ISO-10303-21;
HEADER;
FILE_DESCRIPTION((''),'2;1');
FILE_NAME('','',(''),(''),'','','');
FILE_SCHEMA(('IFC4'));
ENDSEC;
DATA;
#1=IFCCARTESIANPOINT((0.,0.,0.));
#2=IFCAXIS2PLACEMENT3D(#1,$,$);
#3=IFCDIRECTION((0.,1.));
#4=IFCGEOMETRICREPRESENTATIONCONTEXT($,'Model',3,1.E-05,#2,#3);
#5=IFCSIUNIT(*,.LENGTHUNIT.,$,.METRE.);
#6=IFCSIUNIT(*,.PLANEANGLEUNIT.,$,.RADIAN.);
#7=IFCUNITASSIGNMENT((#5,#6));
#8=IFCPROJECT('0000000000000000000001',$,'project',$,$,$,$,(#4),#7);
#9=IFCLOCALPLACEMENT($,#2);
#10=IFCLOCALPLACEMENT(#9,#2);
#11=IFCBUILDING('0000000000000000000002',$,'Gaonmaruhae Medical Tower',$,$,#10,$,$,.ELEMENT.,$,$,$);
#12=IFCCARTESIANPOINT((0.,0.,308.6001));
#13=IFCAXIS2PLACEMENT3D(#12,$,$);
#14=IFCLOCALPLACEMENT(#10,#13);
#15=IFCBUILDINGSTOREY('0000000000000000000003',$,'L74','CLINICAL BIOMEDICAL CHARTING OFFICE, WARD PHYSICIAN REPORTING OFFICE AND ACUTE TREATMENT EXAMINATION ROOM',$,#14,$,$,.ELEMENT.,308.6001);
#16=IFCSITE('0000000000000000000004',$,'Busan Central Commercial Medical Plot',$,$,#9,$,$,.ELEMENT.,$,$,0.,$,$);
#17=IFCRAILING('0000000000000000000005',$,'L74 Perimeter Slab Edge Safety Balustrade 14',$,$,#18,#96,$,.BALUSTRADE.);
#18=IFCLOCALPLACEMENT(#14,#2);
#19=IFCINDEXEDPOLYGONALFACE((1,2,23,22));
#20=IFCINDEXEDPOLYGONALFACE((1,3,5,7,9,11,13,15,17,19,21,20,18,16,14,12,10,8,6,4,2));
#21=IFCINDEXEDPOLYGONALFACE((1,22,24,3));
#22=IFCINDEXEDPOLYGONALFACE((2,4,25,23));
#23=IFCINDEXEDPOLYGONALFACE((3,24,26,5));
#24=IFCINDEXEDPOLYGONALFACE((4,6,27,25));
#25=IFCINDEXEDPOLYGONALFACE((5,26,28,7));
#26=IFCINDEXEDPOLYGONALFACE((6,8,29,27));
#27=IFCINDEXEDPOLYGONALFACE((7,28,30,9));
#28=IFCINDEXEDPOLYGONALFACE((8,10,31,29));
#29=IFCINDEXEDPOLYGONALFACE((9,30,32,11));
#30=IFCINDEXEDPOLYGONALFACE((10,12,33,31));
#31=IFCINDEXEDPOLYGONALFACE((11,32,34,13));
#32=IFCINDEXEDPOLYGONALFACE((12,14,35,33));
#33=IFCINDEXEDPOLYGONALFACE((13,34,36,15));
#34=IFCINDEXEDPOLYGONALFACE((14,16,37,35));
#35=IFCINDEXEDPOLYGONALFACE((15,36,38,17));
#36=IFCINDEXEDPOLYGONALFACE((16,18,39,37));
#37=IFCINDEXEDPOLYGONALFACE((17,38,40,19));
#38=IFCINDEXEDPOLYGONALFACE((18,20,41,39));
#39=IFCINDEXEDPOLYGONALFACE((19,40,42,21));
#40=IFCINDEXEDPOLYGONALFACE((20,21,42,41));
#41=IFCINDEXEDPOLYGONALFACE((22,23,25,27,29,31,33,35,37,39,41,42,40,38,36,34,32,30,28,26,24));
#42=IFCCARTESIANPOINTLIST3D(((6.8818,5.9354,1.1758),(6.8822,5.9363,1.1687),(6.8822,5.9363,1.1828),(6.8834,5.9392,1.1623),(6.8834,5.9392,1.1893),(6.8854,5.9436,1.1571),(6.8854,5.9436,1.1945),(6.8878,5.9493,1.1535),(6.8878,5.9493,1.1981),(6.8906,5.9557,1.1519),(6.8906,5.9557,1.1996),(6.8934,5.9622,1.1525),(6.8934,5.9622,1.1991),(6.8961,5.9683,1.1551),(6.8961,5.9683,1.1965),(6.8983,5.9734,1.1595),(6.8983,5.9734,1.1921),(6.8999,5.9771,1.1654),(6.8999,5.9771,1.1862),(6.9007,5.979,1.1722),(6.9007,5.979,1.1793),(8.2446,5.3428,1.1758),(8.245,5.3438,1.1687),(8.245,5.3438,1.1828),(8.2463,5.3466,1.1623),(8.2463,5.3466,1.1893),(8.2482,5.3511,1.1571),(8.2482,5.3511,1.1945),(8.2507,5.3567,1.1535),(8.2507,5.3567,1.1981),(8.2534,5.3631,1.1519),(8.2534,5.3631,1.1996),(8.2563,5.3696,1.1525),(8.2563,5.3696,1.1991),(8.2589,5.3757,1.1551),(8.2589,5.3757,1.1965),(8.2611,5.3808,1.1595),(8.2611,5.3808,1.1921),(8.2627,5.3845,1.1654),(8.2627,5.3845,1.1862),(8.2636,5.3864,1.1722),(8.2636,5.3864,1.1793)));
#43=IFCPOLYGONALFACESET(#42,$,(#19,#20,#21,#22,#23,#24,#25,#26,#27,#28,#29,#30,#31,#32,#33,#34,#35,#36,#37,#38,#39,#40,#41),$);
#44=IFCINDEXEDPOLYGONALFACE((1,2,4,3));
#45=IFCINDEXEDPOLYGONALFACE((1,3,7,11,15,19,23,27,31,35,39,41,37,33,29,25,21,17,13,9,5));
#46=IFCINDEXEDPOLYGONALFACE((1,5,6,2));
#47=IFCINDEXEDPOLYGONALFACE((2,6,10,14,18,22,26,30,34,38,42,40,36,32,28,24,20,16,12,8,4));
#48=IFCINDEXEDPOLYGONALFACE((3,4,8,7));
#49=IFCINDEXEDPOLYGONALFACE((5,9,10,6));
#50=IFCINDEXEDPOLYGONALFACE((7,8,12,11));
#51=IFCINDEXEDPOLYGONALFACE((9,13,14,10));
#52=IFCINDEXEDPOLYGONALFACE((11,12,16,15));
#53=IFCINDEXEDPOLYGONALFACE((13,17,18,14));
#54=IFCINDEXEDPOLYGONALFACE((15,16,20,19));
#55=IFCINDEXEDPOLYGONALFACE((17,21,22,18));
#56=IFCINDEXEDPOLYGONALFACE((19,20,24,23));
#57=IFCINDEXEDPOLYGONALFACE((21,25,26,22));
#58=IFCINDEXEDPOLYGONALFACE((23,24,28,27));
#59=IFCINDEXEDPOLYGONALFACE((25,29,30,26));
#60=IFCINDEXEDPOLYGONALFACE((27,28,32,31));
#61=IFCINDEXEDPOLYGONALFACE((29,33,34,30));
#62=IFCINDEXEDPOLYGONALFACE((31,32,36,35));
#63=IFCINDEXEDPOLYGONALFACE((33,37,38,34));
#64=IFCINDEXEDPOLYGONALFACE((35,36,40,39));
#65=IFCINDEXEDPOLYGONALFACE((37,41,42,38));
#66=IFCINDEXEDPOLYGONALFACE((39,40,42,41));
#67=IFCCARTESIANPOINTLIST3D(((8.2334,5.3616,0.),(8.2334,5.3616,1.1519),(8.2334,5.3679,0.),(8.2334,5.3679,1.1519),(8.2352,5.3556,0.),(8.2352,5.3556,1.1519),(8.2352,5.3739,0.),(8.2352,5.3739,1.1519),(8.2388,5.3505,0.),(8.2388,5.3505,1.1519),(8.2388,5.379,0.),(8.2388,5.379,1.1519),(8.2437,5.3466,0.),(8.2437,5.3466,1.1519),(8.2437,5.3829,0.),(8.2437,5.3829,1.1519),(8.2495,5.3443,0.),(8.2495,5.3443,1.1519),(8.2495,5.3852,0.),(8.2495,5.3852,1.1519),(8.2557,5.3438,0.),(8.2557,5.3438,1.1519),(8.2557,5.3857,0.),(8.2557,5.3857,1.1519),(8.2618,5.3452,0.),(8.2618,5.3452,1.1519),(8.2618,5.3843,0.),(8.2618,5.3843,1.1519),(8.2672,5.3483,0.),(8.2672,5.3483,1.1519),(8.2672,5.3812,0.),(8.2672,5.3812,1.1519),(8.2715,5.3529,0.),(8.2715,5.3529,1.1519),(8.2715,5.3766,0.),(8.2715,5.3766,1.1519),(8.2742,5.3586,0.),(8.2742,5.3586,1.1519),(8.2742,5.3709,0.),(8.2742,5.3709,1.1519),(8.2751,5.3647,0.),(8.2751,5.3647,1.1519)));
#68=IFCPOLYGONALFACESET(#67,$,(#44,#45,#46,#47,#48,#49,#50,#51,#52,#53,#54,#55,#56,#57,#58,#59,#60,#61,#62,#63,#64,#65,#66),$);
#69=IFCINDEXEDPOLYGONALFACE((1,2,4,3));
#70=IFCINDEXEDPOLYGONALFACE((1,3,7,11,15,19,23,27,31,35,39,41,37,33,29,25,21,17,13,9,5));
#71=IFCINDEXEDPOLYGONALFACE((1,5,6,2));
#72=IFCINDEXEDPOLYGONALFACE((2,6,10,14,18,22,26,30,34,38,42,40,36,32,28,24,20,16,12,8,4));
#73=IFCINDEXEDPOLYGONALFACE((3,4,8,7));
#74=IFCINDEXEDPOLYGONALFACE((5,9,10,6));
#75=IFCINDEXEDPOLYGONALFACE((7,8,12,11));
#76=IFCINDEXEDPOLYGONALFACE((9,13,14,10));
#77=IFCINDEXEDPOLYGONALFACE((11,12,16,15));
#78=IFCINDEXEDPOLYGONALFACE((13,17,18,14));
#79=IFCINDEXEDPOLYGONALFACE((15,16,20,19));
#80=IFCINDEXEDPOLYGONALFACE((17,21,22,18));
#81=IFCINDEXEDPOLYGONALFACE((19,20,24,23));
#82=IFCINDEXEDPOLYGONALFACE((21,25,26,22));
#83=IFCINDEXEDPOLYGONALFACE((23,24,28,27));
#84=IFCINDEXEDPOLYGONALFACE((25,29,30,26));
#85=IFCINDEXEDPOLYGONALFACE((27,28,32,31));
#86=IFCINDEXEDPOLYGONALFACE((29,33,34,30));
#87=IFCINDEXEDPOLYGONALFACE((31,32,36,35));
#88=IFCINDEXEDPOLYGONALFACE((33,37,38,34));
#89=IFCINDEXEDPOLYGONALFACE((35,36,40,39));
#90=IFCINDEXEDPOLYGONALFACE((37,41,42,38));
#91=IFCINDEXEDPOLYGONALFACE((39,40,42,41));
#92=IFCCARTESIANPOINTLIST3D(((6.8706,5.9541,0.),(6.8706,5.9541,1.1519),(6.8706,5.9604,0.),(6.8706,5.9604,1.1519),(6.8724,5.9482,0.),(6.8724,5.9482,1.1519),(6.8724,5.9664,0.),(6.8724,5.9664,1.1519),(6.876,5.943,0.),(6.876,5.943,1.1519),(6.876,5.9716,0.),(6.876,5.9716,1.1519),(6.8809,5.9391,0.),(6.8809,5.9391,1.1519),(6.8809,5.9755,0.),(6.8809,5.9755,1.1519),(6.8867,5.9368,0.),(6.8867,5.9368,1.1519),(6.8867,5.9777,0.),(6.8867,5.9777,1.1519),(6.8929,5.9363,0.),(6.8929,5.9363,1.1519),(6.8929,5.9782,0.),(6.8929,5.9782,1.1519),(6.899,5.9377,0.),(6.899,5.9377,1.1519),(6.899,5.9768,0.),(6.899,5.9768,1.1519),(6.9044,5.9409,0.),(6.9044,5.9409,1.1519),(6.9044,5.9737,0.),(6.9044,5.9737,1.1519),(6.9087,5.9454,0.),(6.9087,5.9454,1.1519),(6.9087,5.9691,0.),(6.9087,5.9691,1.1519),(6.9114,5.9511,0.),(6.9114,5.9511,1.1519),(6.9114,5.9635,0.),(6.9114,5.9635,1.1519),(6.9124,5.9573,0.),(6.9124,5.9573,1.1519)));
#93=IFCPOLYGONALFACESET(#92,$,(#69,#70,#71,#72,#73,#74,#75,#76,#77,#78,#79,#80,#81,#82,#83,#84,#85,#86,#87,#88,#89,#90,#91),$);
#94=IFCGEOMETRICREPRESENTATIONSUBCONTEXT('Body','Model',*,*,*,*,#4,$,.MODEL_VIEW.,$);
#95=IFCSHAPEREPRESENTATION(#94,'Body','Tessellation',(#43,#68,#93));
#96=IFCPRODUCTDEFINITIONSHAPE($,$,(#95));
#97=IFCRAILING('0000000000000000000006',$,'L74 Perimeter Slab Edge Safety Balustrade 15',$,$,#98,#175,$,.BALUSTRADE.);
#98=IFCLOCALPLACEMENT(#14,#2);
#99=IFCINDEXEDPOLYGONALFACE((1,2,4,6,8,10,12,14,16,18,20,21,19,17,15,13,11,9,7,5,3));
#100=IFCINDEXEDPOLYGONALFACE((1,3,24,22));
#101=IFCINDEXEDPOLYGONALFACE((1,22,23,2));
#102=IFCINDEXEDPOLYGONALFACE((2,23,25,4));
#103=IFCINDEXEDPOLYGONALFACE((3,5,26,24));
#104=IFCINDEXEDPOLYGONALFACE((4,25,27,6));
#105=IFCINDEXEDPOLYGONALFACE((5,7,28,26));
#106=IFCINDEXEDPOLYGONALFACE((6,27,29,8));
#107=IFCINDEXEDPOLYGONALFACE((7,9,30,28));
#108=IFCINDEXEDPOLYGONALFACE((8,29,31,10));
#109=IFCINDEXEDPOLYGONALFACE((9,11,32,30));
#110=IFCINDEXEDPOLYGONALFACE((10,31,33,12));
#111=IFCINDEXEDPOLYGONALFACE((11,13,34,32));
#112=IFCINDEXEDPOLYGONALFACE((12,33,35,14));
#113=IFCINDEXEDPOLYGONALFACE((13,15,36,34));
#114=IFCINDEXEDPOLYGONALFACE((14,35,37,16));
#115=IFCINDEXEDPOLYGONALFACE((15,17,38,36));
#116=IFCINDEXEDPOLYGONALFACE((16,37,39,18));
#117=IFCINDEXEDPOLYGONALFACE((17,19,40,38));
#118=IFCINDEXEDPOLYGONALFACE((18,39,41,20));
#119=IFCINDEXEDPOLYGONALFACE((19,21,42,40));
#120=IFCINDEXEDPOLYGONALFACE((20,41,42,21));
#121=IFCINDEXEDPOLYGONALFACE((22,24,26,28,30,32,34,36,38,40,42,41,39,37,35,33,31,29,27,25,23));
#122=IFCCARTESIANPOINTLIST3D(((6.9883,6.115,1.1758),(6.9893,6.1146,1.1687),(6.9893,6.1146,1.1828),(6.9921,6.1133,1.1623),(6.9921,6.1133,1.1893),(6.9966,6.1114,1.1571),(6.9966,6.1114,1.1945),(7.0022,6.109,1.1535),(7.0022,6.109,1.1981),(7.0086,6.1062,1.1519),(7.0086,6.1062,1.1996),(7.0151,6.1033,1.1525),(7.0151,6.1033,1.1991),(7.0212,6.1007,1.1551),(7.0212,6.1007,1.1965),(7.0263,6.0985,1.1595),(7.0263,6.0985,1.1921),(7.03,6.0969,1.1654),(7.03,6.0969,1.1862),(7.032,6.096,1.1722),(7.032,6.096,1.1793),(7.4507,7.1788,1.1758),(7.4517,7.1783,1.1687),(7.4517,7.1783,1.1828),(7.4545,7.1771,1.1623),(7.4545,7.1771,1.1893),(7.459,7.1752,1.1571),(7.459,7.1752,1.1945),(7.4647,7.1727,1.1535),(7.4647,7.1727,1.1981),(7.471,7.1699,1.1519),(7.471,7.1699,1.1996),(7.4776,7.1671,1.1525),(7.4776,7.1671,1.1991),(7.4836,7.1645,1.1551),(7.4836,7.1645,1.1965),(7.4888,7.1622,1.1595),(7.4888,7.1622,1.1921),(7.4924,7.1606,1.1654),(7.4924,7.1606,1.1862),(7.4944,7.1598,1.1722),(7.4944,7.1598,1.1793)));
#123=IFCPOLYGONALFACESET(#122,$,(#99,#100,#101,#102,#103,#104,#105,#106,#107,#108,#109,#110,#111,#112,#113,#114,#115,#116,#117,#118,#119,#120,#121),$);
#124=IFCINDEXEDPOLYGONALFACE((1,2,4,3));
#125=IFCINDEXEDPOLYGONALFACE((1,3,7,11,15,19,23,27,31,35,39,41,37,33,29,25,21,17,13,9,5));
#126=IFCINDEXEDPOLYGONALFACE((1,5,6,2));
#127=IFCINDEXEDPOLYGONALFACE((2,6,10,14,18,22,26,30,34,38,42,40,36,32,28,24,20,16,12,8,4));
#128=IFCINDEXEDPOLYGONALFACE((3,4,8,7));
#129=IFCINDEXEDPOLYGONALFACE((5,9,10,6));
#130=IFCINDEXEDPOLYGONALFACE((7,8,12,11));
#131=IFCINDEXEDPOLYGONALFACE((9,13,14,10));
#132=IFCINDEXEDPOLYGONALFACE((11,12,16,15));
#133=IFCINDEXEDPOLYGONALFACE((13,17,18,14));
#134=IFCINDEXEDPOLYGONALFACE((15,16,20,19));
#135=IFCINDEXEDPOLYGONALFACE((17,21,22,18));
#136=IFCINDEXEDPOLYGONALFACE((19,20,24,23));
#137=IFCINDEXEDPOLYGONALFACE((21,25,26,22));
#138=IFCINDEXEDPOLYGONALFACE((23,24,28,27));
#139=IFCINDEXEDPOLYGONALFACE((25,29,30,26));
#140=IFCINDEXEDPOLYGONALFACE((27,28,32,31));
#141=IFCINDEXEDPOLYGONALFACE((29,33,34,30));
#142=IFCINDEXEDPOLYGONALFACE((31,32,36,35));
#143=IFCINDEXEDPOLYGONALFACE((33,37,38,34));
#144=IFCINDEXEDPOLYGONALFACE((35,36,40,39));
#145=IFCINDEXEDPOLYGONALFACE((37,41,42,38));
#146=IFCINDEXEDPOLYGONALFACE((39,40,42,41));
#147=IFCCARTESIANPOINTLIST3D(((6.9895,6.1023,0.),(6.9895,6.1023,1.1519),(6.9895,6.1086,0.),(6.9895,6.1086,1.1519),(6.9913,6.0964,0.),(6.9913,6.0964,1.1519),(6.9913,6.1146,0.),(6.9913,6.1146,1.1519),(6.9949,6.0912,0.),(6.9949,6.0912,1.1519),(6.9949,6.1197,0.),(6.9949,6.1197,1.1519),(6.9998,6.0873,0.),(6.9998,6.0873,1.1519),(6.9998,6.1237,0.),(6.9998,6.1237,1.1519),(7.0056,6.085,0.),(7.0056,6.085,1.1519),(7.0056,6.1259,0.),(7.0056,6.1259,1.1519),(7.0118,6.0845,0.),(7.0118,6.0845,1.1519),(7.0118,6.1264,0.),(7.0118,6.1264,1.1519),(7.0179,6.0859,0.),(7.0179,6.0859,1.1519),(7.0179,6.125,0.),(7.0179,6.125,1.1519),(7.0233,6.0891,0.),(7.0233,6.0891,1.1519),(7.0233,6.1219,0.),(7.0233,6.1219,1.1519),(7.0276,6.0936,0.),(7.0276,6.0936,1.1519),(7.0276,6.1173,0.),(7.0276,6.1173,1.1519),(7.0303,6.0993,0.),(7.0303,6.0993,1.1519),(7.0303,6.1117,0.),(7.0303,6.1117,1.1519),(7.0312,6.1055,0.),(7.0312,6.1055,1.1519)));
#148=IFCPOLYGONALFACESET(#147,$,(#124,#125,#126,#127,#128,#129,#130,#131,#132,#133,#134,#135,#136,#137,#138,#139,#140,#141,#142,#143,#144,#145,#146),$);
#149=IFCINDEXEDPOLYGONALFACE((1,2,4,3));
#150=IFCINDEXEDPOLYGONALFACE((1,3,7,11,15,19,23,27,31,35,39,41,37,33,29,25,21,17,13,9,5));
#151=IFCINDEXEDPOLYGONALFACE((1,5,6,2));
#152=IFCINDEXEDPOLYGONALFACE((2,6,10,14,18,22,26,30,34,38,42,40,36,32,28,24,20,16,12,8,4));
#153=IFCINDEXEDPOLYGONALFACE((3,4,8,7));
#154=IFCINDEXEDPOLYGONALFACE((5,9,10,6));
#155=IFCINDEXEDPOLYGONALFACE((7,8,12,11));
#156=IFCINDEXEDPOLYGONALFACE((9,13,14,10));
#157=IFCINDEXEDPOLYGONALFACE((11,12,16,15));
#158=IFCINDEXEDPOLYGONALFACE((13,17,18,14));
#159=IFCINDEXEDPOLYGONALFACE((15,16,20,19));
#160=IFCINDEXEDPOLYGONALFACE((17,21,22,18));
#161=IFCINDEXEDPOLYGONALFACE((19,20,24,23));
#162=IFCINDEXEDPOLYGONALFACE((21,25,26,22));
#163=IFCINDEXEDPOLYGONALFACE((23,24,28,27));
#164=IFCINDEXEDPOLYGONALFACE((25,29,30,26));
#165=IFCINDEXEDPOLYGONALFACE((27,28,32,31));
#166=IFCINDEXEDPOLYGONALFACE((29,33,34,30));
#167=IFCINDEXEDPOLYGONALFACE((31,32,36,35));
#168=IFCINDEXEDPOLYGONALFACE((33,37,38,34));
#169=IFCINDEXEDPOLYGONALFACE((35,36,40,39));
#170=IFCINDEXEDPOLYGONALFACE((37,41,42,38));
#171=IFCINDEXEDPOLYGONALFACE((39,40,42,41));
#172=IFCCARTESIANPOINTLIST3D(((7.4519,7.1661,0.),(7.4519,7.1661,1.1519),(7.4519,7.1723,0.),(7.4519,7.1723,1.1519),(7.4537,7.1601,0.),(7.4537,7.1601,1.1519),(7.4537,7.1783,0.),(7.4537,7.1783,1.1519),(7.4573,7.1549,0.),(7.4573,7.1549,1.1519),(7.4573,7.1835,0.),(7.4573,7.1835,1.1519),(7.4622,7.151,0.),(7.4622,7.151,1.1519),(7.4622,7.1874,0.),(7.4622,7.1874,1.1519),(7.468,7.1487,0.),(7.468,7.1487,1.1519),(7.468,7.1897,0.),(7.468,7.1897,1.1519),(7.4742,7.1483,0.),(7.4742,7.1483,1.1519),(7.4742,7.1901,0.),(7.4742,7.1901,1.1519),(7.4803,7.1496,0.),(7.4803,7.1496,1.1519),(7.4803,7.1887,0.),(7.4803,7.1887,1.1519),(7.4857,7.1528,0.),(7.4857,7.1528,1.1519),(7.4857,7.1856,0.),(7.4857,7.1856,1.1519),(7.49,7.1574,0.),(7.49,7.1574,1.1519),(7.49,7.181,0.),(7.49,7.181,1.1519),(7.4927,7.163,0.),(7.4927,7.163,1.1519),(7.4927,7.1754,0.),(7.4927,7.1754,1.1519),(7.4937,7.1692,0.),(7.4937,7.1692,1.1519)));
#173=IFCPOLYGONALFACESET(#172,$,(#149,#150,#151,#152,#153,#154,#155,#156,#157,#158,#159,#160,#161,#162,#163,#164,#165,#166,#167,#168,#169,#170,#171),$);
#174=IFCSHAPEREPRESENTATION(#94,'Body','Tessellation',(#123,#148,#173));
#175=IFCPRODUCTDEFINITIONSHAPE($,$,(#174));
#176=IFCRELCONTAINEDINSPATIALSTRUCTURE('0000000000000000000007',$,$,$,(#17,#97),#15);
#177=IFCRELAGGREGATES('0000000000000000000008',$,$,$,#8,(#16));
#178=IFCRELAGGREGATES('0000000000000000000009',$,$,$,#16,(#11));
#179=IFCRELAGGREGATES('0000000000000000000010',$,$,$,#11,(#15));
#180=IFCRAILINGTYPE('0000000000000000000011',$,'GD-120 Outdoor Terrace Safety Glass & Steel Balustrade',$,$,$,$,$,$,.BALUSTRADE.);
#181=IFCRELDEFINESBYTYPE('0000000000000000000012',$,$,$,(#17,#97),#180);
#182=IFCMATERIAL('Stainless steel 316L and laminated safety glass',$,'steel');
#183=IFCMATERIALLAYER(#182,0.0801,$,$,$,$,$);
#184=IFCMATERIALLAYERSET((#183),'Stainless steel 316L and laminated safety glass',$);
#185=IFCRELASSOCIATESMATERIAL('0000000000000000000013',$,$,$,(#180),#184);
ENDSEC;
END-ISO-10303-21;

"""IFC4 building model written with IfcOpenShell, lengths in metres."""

from ifc_helpers import new_model, si_unit, direction, frame, origin, origin_2d, place, context, subcontext, project, spatial, circle, extrude, material, layer, layer_set, type_object, element, save


model = new_model("IFC4")

# Units and contexts
model_context = context("Model", 3, precision=1e-05, world=origin(), true_north=direction((0.0, 1.0)))
body_context = subcontext(model_context, "Body", "Model", "MODEL_VIEW")
ifc_project = project(units=[si_unit("LENGTHUNIT", "METRE"), si_unit("PLANEANGLEUNIT", "RADIAN")], contexts=[model_context])

# Site, building, storey
site_placement = place(None, origin())
site = spatial("IfcSite", under=ifc_project, at=site_placement, Name="Busan Central Commercial Medical Plot", CompositionType="ELEMENT", RefElevation=0.0)
building_placement = place(site_placement, origin())
building = spatial("IfcBuilding", under=site, at=building_placement, Name="Gaonmaruhae Medical Tower", CompositionType="ELEMENT")
storey_placement = place(building_placement, frame((0.0, 0.0, 308.6001)))
storey = spatial("IfcBuildingStorey", under=building, at=storey_placement, Name="L74", Description="CLINICAL BIOMEDICAL CHARTING OFFICE, WARD PHYSICIAN REPORTING OFFICE AND ACUTE TREATMENT EXAMINATION ROOM", CompositionType="ELEMENT", Elevation=308.6001)

# Railings
ifc_material_1 = material(Name="Stainless steel 316L and laminated safety glass", Category="steel")
ifc_layer_1 = layer(ifc_material_1, 0.0801)
ifc_layer_set_1 = layer_set([ifc_layer_1], Name="Stainless steel 316L and laminated safety glass")
railing_type = type_object("IfcRailingType", Name="GD-120 Outdoor Terrace Safety Glass & Steel Balustrade", PredefinedType="BALUSTRADE", material=ifc_layer_set_1)
railing_1_placement = place(storey_placement, frame((8.2542, 5.3647, 0.0)))
element("IfcRailing", 1, at=railing_1_placement, inside=storey, type_object=railing_type, Name="L74 Perimeter Slab Edge Safety Balustrade 14", PredefinedType="BALUSTRADE", context=body_context, shape_type="SweptSolid", body=[
    extrude(circle(Radius=0.0239, at=origin_2d()), frame((0.0, 0.0, 1.1758), z_axis=(-0.917067, 0.398732, 0.0), x_axis=(-0.398732, -0.917067, 0.0)), (0.0, 0.0, 1.0), 1.4861),
    extrude(circle(Radius=0.021, at=origin_2d()), origin(), (0.0, 0.0, 1.0), 1.1519),
    extrude(circle(Radius=0.021, at=origin_2d()), frame((-1.3628, 0.5925, 0.0)), (0.0, 0.0, 1.0), 1.1519),
])
railing_2_placement = place(storey_placement, frame((7.0103, 6.1055, 0.0)))
element("IfcRailing", 2, at=railing_2_placement, inside=storey, type_object=railing_type, Name="L74 Perimeter Slab Edge Safety Balustrade 15", PredefinedType="BALUSTRADE", context=body_context, shape_type="SweptSolid", body=[
    extrude(circle(Radius=0.0239, at=origin_2d()), frame((0.0, 0.0, 1.1758), z_axis=(0.398665, 0.917097, 0.0), x_axis=(-0.917097, 0.398665, 0.0)), (0.0, 0.0, 1.0), 1.1599),
    extrude(circle(Radius=0.021, at=origin_2d()), origin(), (0.0, 0.0, 1.0), 1.1519),
    extrude(circle(Radius=0.021, at=origin_2d()), frame((0.4624, 1.0637, 0.0)), (0.0, 0.0, 1.0), 1.1519),
])

save(model, "model.ifc")
